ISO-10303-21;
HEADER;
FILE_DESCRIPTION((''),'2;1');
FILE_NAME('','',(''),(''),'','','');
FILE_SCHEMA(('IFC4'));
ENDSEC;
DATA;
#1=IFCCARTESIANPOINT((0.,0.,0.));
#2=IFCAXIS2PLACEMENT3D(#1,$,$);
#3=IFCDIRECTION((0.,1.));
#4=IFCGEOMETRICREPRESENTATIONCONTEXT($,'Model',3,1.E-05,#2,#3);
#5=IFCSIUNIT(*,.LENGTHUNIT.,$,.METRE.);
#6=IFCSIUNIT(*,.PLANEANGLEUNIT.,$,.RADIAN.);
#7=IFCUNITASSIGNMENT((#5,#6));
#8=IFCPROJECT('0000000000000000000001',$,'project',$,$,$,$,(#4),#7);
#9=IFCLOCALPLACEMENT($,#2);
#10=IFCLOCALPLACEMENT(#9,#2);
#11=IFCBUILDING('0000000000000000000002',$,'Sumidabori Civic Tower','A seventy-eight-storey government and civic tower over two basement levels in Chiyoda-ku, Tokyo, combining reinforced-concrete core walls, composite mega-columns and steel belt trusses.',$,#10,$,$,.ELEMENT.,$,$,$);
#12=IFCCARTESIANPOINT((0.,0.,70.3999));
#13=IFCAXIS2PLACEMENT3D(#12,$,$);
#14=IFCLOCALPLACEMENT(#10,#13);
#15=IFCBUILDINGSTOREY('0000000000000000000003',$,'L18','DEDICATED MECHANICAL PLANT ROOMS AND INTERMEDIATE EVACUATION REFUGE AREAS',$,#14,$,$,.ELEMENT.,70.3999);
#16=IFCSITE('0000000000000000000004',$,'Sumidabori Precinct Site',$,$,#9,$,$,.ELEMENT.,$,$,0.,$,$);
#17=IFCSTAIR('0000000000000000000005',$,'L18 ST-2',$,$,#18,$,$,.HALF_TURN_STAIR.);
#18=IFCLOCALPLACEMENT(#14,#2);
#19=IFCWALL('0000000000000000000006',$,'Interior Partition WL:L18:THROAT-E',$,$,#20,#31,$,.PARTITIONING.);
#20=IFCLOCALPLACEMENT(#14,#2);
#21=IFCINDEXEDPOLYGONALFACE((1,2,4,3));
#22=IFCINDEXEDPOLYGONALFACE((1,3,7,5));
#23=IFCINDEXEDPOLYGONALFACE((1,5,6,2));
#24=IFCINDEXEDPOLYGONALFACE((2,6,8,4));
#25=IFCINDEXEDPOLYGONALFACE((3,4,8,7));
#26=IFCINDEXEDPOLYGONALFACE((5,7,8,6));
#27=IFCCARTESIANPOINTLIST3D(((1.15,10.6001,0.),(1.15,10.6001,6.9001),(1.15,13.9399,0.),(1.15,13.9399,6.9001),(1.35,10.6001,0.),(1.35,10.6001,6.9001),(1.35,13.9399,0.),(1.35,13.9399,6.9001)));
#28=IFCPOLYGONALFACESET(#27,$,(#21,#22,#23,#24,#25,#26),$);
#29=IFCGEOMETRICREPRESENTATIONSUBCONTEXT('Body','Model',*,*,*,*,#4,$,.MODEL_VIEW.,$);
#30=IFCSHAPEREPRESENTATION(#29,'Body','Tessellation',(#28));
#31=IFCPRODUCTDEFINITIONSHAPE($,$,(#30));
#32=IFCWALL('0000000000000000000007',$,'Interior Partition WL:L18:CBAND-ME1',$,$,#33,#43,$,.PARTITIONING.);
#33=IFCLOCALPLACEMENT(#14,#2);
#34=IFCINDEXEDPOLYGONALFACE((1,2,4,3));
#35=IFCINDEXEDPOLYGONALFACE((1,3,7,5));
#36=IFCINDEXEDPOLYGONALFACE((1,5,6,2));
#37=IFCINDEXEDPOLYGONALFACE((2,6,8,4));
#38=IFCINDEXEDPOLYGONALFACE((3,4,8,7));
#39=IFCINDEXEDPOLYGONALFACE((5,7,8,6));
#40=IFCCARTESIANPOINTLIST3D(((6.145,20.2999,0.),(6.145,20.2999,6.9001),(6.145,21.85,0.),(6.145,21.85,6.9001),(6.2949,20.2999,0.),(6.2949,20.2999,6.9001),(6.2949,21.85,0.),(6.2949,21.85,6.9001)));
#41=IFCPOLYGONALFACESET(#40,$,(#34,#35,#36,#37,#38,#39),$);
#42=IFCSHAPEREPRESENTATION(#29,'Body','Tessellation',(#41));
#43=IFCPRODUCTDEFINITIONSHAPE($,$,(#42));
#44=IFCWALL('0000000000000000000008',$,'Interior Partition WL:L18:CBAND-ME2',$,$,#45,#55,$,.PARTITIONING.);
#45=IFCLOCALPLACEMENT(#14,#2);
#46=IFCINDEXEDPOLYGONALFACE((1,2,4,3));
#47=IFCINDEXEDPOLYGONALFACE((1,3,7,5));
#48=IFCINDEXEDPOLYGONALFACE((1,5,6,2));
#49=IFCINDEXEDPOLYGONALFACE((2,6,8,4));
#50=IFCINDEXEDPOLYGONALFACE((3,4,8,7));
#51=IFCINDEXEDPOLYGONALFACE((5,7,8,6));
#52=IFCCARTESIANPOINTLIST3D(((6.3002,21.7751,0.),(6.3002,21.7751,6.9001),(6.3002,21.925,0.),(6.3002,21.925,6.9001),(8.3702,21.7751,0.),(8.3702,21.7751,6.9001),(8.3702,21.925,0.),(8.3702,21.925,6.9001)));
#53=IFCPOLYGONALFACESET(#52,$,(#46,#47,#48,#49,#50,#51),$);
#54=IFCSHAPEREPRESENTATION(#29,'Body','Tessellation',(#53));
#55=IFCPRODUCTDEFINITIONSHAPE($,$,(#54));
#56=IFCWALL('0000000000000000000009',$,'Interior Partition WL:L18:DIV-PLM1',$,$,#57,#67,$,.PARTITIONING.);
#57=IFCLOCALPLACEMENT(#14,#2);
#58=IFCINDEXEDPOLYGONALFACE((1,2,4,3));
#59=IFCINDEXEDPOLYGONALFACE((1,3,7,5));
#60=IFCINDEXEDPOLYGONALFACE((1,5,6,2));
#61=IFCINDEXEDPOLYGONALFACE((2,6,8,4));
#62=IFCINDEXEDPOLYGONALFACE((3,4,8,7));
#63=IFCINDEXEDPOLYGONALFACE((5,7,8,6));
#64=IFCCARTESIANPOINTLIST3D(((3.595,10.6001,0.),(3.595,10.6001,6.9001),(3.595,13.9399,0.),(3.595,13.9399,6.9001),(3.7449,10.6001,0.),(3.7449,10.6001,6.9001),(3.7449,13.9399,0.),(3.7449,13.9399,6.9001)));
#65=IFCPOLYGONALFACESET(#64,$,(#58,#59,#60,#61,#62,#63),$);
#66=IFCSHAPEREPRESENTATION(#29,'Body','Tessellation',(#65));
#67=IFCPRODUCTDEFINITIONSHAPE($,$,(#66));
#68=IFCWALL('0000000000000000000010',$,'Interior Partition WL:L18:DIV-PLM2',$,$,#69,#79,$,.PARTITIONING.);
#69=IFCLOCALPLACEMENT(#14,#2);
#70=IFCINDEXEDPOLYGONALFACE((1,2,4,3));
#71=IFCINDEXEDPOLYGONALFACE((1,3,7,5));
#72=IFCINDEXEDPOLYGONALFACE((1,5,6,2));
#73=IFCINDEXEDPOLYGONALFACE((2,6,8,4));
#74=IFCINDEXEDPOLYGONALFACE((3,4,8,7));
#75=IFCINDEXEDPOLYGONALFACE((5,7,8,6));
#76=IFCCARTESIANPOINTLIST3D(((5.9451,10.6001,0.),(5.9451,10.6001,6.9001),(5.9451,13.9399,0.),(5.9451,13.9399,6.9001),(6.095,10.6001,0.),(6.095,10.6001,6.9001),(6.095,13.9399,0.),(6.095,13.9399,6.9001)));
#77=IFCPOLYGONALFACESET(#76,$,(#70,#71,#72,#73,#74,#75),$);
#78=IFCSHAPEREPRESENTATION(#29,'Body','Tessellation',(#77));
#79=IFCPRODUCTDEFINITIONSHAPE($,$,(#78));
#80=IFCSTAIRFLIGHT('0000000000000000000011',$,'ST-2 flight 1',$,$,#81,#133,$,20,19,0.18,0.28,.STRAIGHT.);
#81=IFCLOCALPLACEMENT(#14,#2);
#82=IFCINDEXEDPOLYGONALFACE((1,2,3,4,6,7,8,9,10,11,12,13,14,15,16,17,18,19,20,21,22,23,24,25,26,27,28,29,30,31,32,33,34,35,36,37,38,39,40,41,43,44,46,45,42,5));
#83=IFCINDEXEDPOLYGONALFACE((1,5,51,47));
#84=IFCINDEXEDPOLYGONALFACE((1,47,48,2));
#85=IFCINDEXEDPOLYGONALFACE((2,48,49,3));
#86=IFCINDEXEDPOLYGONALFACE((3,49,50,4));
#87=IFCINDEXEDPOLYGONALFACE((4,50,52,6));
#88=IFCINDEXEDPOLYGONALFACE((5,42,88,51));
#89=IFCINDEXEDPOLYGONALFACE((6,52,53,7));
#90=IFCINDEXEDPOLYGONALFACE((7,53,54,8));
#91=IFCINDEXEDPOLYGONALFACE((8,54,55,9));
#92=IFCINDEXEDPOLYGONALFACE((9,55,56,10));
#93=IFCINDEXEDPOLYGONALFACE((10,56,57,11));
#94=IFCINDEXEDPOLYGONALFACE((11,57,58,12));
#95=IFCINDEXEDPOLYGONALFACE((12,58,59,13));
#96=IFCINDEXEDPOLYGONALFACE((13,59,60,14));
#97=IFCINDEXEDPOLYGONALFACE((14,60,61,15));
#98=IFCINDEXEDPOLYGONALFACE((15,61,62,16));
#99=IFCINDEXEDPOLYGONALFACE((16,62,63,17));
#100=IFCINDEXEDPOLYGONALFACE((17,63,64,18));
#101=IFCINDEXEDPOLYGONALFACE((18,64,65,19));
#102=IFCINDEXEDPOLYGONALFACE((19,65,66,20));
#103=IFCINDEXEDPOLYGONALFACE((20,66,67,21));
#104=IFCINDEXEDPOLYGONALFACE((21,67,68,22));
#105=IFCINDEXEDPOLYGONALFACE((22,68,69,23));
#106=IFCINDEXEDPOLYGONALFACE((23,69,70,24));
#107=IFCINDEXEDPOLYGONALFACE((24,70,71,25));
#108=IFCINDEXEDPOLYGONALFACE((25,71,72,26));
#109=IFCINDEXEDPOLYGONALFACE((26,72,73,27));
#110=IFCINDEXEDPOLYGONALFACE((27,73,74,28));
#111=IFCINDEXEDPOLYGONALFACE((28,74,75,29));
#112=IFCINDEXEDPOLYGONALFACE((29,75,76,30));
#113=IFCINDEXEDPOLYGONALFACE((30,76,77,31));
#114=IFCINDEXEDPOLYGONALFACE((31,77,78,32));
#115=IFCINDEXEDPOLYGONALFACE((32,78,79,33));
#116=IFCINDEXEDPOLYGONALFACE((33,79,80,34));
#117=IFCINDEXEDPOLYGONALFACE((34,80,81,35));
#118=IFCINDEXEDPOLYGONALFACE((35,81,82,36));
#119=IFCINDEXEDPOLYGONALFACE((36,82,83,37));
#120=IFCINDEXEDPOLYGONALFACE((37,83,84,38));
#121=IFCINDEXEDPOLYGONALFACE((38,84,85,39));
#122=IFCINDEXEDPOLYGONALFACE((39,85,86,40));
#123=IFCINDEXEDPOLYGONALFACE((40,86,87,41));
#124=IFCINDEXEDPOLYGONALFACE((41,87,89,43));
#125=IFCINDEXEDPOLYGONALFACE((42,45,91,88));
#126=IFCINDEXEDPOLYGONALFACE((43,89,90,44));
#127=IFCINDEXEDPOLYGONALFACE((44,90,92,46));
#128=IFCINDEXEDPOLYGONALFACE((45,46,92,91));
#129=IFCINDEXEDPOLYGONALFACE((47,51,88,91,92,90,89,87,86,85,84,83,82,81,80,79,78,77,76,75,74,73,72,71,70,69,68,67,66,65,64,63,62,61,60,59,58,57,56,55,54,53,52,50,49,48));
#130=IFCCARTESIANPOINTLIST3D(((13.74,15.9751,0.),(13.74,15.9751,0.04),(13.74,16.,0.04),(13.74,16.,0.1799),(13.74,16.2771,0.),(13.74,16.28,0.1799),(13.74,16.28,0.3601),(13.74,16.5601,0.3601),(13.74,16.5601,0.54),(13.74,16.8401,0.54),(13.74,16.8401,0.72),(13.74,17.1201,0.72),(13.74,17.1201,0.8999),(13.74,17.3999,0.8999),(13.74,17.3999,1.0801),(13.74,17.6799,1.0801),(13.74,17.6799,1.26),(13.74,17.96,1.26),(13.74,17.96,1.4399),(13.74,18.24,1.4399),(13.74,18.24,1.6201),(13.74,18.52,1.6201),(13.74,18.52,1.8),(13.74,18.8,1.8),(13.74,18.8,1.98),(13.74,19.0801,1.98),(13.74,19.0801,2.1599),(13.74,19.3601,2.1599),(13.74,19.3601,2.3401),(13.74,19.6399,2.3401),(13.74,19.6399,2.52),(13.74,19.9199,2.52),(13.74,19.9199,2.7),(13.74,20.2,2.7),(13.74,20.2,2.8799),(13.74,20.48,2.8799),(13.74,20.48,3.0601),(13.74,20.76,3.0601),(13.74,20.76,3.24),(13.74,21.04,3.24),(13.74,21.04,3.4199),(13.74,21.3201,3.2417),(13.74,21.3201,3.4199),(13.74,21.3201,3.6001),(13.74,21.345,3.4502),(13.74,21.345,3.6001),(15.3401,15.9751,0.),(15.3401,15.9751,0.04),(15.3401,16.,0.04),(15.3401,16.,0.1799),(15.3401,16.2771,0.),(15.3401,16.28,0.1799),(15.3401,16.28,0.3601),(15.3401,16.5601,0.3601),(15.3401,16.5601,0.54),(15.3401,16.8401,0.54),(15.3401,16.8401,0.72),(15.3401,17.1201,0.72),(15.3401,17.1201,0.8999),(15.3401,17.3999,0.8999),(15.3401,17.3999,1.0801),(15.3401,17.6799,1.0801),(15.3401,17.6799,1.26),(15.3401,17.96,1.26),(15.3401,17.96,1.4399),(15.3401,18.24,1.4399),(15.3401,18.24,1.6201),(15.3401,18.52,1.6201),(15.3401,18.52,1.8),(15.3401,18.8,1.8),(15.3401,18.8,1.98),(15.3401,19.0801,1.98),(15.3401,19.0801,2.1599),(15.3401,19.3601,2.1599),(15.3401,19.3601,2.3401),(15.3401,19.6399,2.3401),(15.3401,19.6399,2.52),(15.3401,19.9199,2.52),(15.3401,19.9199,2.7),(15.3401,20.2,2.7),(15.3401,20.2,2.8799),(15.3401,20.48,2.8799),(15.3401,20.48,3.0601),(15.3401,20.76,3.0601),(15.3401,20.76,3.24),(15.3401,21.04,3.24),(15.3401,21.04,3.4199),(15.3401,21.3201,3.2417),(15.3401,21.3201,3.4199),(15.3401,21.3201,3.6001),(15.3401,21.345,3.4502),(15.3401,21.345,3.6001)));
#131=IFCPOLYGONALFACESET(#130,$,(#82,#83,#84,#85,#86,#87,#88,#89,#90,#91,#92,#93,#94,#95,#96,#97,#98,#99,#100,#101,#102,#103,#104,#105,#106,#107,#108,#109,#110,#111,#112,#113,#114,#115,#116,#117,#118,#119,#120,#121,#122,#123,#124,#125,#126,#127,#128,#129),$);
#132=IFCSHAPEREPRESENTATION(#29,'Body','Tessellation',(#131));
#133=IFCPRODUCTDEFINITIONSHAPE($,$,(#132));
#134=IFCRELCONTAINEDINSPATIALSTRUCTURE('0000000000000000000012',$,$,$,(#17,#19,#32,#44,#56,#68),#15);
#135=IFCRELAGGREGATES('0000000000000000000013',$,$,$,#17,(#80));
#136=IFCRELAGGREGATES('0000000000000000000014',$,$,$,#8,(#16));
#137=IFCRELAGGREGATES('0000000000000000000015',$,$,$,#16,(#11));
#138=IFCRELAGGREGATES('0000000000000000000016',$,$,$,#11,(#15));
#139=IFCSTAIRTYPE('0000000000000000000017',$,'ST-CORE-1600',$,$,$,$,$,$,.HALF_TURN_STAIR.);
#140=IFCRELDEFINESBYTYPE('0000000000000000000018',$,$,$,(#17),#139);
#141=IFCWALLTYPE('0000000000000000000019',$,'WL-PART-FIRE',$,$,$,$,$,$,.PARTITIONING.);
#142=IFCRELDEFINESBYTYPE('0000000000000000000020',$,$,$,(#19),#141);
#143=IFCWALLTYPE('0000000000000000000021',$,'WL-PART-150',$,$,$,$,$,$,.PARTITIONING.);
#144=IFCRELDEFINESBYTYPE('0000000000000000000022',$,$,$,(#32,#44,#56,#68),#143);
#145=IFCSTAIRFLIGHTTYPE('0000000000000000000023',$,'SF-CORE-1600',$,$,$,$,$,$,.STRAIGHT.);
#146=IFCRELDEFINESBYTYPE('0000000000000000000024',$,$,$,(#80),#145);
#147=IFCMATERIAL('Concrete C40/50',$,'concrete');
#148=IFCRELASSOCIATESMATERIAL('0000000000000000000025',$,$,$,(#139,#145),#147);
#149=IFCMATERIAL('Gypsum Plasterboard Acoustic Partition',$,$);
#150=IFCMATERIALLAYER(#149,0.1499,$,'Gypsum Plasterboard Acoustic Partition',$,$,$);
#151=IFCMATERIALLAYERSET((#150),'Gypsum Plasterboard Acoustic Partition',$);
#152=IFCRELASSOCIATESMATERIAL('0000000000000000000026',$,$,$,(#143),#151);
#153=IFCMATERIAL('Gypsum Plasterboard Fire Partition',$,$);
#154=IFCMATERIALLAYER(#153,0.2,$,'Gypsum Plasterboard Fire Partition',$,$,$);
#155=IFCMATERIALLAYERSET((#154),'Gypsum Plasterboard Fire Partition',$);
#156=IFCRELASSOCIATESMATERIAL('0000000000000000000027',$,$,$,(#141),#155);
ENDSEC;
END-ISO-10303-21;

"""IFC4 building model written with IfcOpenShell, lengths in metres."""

from ifc_helpers import new_model, si_unit, direction, frame, frame_2d, origin, place, context, subcontext, project, spatial, polyline, rectangle, outline, extrude, source, transform, mapped, material, layer, layer_set, type_object, element, aggregate, save


model = new_model("IFC4")

# Units and contexts
model_context = context("Model", 3, precision=1e-05, world=origin(), true_north=direction((0.0, 1.0)))
body_context = subcontext(model_context, "Body", "Model", "MODEL_VIEW")
ifc_project = project(units=[si_unit("LENGTHUNIT", "METRE"), si_unit("PLANEANGLEUNIT", "RADIAN")], contexts=[model_context])

# Site, building, storey
site_placement = place(None, origin())
site = spatial("IfcSite", under=ifc_project, at=site_placement, Name="Sumidabori Precinct Site", CompositionType="ELEMENT", RefElevation=0.0)
building_placement = place(site_placement, origin())
building = spatial("IfcBuilding", under=site, at=building_placement, Name="Sumidabori Civic Tower", Description="A seventy-eight-storey government and civic tower over two basement levels in Chiyoda-ku, Tokyo, combining reinforced-concrete core walls, composite mega-columns and steel belt trusses.", CompositionType="ELEMENT")
storey_placement = place(building_placement, frame((0.0, 0.0, 70.3999)))
storey = spatial("IfcBuildingStorey", under=building, at=storey_placement, Name="L18", Description="DEDICATED MECHANICAL PLANT ROOMS AND INTERMEDIATE EVACUATION REFUGE AREAS", CompositionType="ELEMENT", Elevation=70.3999)

# Stair
ifc_material_1 = material(Name="Concrete C40/50", Category="concrete")
stair_type = type_object("IfcStairType", Name="ST-CORE-1600", PredefinedType="HALF_TURN_STAIR", material=ifc_material_1)
stair_1_placement = place(storey_placement, origin())
stair_1 = element("IfcStair", 1, at=stair_1_placement, inside=storey, type_object=stair_type, Name="L18 ST-2", PredefinedType="HALF_TURN_STAIR")

# Walls
ifc_material_2 = material(Name="Gypsum Plasterboard Acoustic Partition")
ifc_layer_1 = layer(ifc_material_2, 0.1499, Name="Gypsum Plasterboard Acoustic Partition")
ifc_layer_set_1 = layer_set([ifc_layer_1], Name="Gypsum Plasterboard Acoustic Partition")
wall_type_1 = type_object("IfcWallType", Name="WL-PART-150", PredefinedType="PARTITIONING", material=ifc_layer_set_1)
ifc_material_3 = material(Name="Gypsum Plasterboard Fire Partition")
ifc_layer_2 = layer(ifc_material_3, 0.2, Name="Gypsum Plasterboard Fire Partition")
ifc_layer_set_2 = layer_set([ifc_layer_2], Name="Gypsum Plasterboard Fire Partition")
wall_type_2 = type_object("IfcWallType", Name="WL-PART-FIRE", PredefinedType="PARTITIONING", material=ifc_layer_set_2)
shared_shape_1 = source(origin(), body_context, "Body", "SweptSolid", [
    extrude(rectangle(XDim=3.3398, YDim=0.2, at=frame_2d((1.6699, 0.0))), origin(), (0.0, 0.0, 1.0), 6.9001),
])
wall_1_placement = place(storey_placement, frame((1.25, 10.6001, 0.0), z_axis=(0.0, 0.0, 1.0), x_axis=(0.0, 1.0, 0.0)))
element("IfcWall", 2, at=wall_1_placement, inside=storey, type_object=wall_type_2, Name="Interior Partition WL:L18:THROAT-E", PredefinedType="PARTITIONING", context=body_context, shape_type="MappedRepresentation", body=[
    mapped(shared_shape_1, transform((0.0, 0.0, 0.0), x_axis=(1.0, 0.0, 0.0), y_axis=(0.0, 1.0, 0.0), z_axis=(0.0, 0.0, 1.0), scale=1.0)),
])
shared_shape_2 = source(origin(), body_context, "Body", "SweptSolid", [
    extrude(rectangle(XDim=1.55, YDim=0.1499, at=frame_2d((0.7749, 0.0))), origin(), (0.0, 0.0, 1.0), 6.9001),
])
wall_2_placement = place(storey_placement, frame((6.22, 20.3, 0.0), z_axis=(0.0, 0.0, 1.0), x_axis=(0.0, 1.0, 0.0)))
element("IfcWall", 3, at=wall_2_placement, inside=storey, type_object=wall_type_1, Name="Interior Partition WL:L18:CBAND-ME1", PredefinedType="PARTITIONING", context=body_context, shape_type="MappedRepresentation", body=[
    mapped(shared_shape_2, transform((0.0, 0.0, 0.0), x_axis=(1.0, 0.0, 0.0), y_axis=(0.0, 1.0, 0.0), z_axis=(0.0, 0.0, 1.0), scale=1.0)),
])
shared_shape_3 = source(origin(), body_context, "Body", "SweptSolid", [
    extrude(rectangle(XDim=2.0701, YDim=0.1499, at=frame_2d((1.0352, 0.0))), origin(), (0.0, 0.0, 1.0), 6.9001),
])
wall_3_placement = place(storey_placement, frame((6.3, 21.8501, 0.0), z_axis=(0.0, 0.0, 1.0), x_axis=(1.0, 0.0, 0.0)))
element("IfcWall", 4, at=wall_3_placement, inside=storey, type_object=wall_type_1, Name="Interior Partition WL:L18:CBAND-ME2", PredefinedType="PARTITIONING", context=body_context, shape_type="MappedRepresentation", body=[
    mapped(shared_shape_3, transform((0.0, 0.0, 0.0), x_axis=(1.0, 0.0, 0.0), y_axis=(0.0, 1.0, 0.0), z_axis=(0.0, 0.0, 1.0), scale=1.0)),
])
shared_shape_4 = source(origin(), body_context, "Body", "SweptSolid", [
    extrude(rectangle(XDim=3.3398, YDim=0.1499, at=frame_2d((1.6699, 0.0))), origin(), (0.0, 0.0, 1.0), 6.9001),
])
for number, where, z_axis, x_axis, name in (
    (5, (3.6699, 10.6001, 0.0), (0.0, 0.0, 1.0), (0.0, 1.0, 0.0), "Interior Partition WL:L18:DIV-PLM1"),
    (6, (6.02, 10.6001, 0.0), (0.0, 0.0, 1.0), (0.0, 1.0, 0.0), "Interior Partition WL:L18:DIV-PLM2"),
):
    element("IfcWall", number, at=place(storey_placement, frame(where, z_axis=z_axis, x_axis=x_axis)), inside=storey, type_object=wall_type_1, Name=name, PredefinedType="PARTITIONING", context=body_context, shape_type="MappedRepresentation", body=[
        mapped(shared_shape_4, transform((0.0, 0.0, 0.0), x_axis=(1.0, 0.0, 0.0), y_axis=(0.0, 1.0, 0.0), z_axis=(0.0, 0.0, 1.0), scale=1.0)),
    ])

# Stair flight
stair_flight_type = type_object("IfcStairFlightType", Name="SF-CORE-1600", PredefinedType="STRAIGHT", material=ifc_material_1)
shared_shape_5 = source(origin(), body_context, "Body", "SweptSolid", [
    extrude(outline(polyline([(-0.0249, 0.0), (-0.0249, 0.04), (0.0, 0.04), (0.0, 0.1799), (0.28, 0.1799), (0.28, 0.3601), (0.5601, 0.3601), (0.5601, 0.54), (0.8401, 0.54), (0.8401, 0.72), (1.1201, 0.72), (1.1201, 0.8999), (1.3999, 0.8999), (1.3999, 1.0801), (1.6799, 1.0801), (1.6799, 1.26), (1.96, 1.26), (1.96, 1.4399), (2.24, 1.4399), (2.24, 1.6201), (2.52, 1.6201), (2.52, 1.8), (2.8, 1.8), (2.8, 1.98), (3.0801, 1.98), (3.0801, 2.1599), (3.3601, 2.1599), (3.3601, 2.3401), (3.6399, 2.3401), (3.6399, 2.52), (3.9199, 2.52), (3.9199, 2.7), (4.2, 2.7), (4.2, 2.8799), (4.48, 2.8799), (4.48, 3.0601), (4.76, 3.0601), (4.76, 3.24), (5.04, 3.24), (5.04, 3.4199), (5.3201, 3.4199), (5.3201, 3.6001), (5.345, 3.6001), (5.345, 3.4502), (5.3201, 3.2417), (0.2771, 0.0), (-0.0249, 0.0)])), frame((0.0, 0.8, 0.0), z_axis=(0.0, -1.0, 0.0), x_axis=(1.0, 0.0, 0.0)), (0.0, 0.0, 1.0), 1.6001),
])
stair_flight_1_placement = place(storey_placement, frame((14.54, 16.0, 0.0), z_axis=(0.0, 0.0, 1.0), x_axis=(0.0, 1.0, 0.0)))
stair_flight_1 = element("IfcStairFlight", 7, at=stair_flight_1_placement, type_object=stair_flight_type, Name="ST-2 flight 1", NumberOfRisers=20, NumberOfTreads=19, PredefinedType="STRAIGHT", RiserHeight=0.18, TreadLength=0.28, context=body_context, shape_type="MappedRepresentation", body=[
    mapped(shared_shape_5, transform((0.0, 0.0, 0.0), x_axis=(1.0, 0.0, 0.0), y_axis=(0.0, 1.0, 0.0), z_axis=(0.0, 0.0, 1.0), scale=1.0)),
])
aggregate(stair_1, [stair_flight_1])

save(model, "model.ifc")
